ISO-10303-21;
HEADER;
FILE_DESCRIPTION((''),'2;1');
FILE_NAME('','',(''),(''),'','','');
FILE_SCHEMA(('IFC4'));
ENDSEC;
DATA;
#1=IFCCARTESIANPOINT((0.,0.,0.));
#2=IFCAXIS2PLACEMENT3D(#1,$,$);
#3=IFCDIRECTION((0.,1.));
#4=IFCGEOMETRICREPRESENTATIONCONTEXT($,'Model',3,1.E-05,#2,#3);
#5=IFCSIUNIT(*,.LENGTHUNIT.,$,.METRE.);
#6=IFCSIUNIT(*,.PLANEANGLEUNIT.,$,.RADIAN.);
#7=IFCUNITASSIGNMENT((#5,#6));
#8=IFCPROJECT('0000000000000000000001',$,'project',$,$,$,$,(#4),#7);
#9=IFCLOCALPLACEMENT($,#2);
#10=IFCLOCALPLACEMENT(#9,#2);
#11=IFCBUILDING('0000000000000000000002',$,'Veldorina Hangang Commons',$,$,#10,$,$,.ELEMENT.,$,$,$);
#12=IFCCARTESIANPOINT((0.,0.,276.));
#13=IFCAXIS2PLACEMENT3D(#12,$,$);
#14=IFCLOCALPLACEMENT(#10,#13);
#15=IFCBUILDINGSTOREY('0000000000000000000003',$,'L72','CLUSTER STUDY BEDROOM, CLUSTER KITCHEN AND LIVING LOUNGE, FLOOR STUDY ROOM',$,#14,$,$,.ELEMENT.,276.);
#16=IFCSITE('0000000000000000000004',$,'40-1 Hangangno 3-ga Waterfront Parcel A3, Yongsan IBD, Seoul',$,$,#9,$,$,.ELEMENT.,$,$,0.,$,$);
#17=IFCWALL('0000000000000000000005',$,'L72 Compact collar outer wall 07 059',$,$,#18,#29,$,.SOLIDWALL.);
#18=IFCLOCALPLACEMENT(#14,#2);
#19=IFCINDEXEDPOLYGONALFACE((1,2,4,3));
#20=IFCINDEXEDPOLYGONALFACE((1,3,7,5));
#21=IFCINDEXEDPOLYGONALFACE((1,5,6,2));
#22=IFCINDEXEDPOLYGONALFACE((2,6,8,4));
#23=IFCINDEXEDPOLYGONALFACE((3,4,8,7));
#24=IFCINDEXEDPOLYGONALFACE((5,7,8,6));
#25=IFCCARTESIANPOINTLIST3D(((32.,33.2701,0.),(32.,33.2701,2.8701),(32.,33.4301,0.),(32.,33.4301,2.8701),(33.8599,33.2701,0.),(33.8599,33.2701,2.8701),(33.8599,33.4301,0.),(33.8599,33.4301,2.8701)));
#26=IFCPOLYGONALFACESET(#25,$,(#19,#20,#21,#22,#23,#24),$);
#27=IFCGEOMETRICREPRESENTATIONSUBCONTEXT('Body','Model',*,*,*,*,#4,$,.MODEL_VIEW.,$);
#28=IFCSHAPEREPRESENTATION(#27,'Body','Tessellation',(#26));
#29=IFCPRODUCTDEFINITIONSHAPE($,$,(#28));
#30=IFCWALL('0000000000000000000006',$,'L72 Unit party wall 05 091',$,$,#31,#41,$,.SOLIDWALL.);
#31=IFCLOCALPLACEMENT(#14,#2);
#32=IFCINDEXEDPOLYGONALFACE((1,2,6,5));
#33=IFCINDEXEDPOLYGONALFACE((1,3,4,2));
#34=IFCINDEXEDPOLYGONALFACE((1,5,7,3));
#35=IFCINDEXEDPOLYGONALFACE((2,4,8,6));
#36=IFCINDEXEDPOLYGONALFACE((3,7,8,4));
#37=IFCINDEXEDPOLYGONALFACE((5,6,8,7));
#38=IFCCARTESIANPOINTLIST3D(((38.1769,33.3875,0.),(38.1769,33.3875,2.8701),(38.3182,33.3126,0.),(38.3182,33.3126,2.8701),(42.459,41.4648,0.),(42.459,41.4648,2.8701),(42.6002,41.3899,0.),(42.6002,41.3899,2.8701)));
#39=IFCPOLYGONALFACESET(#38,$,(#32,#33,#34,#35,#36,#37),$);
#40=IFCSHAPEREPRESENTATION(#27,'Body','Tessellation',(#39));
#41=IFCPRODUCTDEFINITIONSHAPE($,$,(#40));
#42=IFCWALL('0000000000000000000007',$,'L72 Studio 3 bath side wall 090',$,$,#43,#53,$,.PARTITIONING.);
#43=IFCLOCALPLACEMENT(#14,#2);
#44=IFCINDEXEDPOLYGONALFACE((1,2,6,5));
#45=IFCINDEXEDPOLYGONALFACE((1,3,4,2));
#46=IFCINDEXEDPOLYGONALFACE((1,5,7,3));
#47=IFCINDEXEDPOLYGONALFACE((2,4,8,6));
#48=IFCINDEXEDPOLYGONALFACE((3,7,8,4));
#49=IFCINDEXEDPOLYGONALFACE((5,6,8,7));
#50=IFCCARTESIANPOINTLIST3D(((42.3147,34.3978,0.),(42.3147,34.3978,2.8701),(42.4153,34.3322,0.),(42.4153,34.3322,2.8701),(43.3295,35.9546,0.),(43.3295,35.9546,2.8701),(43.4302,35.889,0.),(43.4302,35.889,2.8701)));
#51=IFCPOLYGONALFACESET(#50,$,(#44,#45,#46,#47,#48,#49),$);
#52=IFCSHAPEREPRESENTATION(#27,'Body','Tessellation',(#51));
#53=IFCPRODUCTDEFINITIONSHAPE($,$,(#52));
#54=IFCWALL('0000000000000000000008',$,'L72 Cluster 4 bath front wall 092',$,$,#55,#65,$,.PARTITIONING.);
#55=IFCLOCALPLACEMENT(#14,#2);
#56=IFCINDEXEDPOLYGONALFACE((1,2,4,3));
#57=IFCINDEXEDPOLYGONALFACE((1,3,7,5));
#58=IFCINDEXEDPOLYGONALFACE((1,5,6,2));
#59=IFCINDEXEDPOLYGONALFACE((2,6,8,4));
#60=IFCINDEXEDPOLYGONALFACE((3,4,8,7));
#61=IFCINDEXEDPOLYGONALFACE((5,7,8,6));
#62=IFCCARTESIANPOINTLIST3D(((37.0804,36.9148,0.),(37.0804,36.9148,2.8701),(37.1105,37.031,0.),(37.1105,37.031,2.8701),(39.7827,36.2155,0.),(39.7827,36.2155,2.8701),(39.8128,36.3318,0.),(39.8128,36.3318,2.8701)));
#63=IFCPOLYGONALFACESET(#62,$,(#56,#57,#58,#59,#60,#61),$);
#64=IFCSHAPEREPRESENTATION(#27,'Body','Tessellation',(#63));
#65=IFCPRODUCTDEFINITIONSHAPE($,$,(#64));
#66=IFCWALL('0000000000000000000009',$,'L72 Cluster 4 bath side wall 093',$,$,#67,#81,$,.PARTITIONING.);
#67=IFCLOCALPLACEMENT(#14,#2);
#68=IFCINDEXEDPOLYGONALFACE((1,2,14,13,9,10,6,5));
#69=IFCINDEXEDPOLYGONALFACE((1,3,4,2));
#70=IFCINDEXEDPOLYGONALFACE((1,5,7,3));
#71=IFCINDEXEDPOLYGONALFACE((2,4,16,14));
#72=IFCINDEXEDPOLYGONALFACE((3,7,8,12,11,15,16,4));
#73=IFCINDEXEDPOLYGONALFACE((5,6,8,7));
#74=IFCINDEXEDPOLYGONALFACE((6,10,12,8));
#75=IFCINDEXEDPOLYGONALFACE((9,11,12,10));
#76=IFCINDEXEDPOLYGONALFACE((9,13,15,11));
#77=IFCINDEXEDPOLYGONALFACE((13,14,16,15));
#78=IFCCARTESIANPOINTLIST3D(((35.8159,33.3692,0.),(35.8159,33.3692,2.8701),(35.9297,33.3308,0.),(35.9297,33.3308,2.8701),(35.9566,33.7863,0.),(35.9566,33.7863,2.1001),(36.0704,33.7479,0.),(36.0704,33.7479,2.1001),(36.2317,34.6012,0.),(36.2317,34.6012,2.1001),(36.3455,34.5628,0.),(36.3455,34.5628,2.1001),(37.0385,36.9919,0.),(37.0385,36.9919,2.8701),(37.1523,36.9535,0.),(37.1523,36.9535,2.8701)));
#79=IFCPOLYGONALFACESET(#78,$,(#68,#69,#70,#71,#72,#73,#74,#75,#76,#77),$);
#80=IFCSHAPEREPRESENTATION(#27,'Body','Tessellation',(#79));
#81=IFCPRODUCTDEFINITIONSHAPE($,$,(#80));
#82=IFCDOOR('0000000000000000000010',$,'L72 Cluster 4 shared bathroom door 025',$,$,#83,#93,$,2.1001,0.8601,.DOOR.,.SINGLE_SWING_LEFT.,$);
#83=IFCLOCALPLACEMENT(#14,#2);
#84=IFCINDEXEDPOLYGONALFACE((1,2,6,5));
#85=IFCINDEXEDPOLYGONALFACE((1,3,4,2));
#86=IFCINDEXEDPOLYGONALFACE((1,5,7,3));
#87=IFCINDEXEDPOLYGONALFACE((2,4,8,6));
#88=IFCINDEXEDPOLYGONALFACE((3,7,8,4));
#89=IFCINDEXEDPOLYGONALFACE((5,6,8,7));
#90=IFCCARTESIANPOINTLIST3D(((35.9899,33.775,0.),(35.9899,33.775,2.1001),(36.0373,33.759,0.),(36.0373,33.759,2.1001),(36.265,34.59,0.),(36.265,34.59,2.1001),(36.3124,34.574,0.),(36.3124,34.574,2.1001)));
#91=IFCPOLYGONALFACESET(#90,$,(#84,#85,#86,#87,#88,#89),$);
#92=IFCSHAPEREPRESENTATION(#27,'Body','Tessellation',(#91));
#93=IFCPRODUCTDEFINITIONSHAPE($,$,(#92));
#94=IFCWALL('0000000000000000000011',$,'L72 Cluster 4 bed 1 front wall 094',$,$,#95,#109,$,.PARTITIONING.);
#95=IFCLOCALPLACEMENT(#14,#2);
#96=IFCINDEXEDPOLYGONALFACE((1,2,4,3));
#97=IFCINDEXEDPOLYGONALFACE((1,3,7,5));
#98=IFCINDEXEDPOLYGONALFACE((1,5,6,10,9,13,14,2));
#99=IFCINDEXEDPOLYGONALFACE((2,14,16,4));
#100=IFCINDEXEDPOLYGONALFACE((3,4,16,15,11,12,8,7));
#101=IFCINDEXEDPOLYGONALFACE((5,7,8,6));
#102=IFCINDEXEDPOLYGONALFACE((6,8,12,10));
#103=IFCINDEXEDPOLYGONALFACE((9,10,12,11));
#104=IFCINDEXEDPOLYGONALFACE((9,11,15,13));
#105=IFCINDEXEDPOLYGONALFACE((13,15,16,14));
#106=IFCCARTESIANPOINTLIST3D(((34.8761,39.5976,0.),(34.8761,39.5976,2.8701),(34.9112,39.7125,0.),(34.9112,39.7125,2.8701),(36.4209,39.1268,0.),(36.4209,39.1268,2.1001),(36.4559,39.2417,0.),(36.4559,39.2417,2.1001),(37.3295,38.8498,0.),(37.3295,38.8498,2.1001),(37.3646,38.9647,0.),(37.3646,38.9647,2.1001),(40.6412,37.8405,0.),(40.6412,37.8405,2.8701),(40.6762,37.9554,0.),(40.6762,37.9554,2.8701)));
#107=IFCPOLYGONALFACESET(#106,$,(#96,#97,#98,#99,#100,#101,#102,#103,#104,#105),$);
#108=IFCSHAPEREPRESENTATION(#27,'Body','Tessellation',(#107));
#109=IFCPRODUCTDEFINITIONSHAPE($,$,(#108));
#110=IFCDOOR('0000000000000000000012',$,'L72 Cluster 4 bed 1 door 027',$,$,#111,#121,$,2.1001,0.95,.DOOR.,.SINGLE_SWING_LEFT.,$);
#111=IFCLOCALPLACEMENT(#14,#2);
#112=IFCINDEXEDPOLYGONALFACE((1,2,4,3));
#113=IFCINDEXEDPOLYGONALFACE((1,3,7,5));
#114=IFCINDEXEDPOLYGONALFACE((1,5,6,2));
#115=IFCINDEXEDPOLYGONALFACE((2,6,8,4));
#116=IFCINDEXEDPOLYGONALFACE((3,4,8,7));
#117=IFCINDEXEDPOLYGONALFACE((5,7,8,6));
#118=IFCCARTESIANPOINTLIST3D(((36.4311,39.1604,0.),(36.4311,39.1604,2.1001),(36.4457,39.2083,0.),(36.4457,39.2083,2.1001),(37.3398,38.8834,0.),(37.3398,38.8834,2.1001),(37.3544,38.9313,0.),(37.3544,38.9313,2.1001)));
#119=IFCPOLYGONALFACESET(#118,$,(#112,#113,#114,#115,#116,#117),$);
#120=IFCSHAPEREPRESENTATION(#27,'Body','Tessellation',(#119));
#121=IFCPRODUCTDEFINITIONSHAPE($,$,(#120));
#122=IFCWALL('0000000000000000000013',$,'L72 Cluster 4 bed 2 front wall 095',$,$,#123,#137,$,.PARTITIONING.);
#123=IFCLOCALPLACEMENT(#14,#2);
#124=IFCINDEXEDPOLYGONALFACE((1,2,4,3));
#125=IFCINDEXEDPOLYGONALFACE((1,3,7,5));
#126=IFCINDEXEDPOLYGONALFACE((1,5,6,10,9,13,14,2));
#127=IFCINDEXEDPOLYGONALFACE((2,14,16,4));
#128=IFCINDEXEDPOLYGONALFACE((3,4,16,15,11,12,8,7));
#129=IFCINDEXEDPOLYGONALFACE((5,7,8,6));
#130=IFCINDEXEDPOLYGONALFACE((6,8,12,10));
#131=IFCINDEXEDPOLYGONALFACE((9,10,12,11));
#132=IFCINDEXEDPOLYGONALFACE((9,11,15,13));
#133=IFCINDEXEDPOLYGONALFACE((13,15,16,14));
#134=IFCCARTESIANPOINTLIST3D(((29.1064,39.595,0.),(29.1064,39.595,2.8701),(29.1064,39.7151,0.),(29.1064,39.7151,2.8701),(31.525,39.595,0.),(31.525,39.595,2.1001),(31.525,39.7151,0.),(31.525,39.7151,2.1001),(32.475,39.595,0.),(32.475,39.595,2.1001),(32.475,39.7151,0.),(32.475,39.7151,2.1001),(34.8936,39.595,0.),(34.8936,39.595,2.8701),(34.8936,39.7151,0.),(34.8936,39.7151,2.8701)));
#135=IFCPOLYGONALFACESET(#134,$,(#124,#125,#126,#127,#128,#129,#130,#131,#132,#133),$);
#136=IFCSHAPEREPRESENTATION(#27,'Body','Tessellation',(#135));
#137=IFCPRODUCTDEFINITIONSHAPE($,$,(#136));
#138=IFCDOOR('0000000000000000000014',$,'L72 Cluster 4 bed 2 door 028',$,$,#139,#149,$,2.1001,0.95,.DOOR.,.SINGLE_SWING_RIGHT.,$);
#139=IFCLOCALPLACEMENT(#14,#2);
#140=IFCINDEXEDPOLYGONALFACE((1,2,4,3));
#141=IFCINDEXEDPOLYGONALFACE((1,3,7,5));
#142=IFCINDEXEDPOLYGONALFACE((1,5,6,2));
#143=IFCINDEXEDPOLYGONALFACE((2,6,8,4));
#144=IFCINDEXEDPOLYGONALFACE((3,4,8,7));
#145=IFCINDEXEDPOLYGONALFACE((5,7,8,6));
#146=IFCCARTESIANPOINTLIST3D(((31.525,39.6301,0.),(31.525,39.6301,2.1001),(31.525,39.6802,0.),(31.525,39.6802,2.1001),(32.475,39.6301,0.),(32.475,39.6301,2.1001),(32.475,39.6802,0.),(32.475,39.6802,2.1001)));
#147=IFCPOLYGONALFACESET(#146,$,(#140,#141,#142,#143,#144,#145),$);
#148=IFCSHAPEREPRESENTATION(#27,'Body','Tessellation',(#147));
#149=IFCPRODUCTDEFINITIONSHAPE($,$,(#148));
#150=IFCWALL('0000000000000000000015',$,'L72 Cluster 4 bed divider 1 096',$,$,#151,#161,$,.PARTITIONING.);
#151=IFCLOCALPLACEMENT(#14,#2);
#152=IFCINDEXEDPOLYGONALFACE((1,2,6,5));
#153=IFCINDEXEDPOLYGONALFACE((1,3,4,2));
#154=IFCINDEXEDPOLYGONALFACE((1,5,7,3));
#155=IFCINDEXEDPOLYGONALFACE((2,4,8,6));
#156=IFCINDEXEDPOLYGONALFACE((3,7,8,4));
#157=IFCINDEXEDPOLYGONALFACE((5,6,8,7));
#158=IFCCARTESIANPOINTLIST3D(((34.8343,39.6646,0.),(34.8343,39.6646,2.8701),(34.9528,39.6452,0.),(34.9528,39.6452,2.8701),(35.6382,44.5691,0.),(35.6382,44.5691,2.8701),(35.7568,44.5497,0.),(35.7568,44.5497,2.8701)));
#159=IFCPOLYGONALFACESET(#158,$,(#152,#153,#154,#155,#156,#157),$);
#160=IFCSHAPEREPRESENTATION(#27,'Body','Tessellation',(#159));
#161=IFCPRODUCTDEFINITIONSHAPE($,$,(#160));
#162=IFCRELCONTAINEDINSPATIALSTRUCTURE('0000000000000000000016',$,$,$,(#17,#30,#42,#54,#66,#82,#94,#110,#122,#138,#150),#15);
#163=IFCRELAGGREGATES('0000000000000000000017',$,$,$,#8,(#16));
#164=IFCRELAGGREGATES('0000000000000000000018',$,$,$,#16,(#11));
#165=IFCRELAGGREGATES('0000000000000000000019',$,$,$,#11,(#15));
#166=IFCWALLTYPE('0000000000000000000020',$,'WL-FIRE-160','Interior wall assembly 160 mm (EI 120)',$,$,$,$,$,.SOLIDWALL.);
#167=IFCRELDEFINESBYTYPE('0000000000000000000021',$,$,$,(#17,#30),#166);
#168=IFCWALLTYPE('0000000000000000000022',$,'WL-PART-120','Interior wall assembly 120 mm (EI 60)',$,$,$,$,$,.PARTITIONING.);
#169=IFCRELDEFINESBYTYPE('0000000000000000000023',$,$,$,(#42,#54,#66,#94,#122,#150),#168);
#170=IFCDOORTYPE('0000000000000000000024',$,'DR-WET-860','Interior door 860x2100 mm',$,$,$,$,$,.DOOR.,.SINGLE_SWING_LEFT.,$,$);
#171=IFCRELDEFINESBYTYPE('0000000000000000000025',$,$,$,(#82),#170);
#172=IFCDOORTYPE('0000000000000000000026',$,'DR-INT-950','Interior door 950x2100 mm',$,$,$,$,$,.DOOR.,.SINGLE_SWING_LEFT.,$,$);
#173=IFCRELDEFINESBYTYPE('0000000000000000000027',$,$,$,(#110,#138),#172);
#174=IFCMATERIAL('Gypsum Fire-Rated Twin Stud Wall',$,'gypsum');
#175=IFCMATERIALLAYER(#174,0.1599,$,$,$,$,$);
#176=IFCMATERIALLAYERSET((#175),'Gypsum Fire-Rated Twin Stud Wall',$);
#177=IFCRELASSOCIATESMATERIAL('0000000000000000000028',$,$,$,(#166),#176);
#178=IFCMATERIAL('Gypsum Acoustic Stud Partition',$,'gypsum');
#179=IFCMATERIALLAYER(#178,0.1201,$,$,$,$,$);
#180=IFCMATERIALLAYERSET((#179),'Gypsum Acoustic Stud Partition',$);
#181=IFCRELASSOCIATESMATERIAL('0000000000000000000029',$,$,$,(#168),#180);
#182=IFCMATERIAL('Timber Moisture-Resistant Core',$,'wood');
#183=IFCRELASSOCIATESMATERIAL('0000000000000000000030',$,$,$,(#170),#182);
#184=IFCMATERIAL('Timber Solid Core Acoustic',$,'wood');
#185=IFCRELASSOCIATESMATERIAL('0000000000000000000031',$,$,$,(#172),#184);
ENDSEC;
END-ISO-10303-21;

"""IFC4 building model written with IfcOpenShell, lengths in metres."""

from ifc_helpers import new_model, si_unit, direction, frame, frame_2d, origin, place, context, subcontext, project, spatial, rectangle, extrude, material, layer, layer_set, type_object, element, fill, save


model = new_model("IFC4")

# Units and contexts
model_context = context("Model", 3, precision=1e-05, world=origin(), true_north=direction((0.0, 1.0)))
body_context = subcontext(model_context, "Body", "Model", "MODEL_VIEW")
ifc_project = project(units=[si_unit("LENGTHUNIT", "METRE"), si_unit("PLANEANGLEUNIT", "RADIAN")], contexts=[model_context])

# Site, building, storey
site_placement = place(None, origin())
site = spatial("IfcSite", under=ifc_project, at=site_placement, Name="40-1 Hangangno 3-ga Waterfront Parcel A3, Yongsan IBD, Seoul", CompositionType="ELEMENT", RefElevation=0.0)
building_placement = place(site_placement, origin())
building = spatial("IfcBuilding", under=site, at=building_placement, Name="Veldorina Hangang Commons", CompositionType="ELEMENT")
storey_placement = place(building_placement, frame((0.0, 0.0, 276.0)))
storey = spatial("IfcBuildingStorey", under=building, at=storey_placement, Name="L72", Description="CLUSTER STUDY BEDROOM, CLUSTER KITCHEN AND LIVING LOUNGE, FLOOR STUDY ROOM", CompositionType="ELEMENT", Elevation=276.0)

# Shared definitions
ifc_material_1 = material(Name="Gypsum Fire-Rated Twin Stud Wall", Category="gypsum")
ifc_layer_1 = layer(ifc_material_1, 0.1599)
ifc_layer_set_1 = layer_set([ifc_layer_1], Name="Gypsum Fire-Rated Twin Stud Wall")
wall_type_1 = type_object("IfcWallType", Name="WL-FIRE-160", Description="Interior wall assembly 160 mm (EI 120)", PredefinedType="SOLIDWALL", material=ifc_layer_set_1)

# Walls
wall_1_placement = place(storey_placement, frame((33.8599, 33.3501, 0.0), z_axis=(0.0, 0.0, 1.0), x_axis=(-1.0, 0.0, 0.0)))
element("IfcWall", 1, at=wall_1_placement, inside=storey, type_object=wall_type_1, Name="L72 Compact collar outer wall 07 059", PredefinedType="SOLIDWALL", context=body_context, shape_type="SweptSolid", body=[
    extrude(rectangle(XDim=1.8599, YDim=0.1599, at=frame_2d((0.9299, 0.0))), origin(), (0.0, 0.0, 1.0), 2.8701),
])
wall_2_placement = place(storey_placement, frame((38.2476, 33.3501, 0.0), z_axis=(0.0, 0.0, 1.0), x_axis=(0.468387, 0.883523, 0.0)))
element("IfcWall", 2, at=wall_2_placement, inside=storey, type_object=wall_type_1, Name="L72 Unit party wall 05 091", PredefinedType="SOLIDWALL", context=body_context, shape_type="SweptSolid", body=[
    extrude(rectangle(XDim=9.1421, YDim=0.1599, at=frame_2d((4.571, 0.0))), origin(), (0.0, 0.0, 1.0), 2.8701),
])
ifc_material_2 = material(Name="Gypsum Acoustic Stud Partition", Category="gypsum")
ifc_layer_2 = layer(ifc_material_2, 0.1201)
ifc_layer_set_2 = layer_set([ifc_layer_2], Name="Gypsum Acoustic Stud Partition")
wall_type_2 = type_object("IfcWallType", Name="WL-PART-120", Description="Interior wall assembly 120 mm (EI 60)", PredefinedType="PARTITIONING", material=ifc_layer_set_2)
wall_3_placement = place(storey_placement, frame((42.365, 34.365, 0.0), z_axis=(0.0, 0.0, 1.0), x_axis=(0.546091, 0.837726, 0.0)))
element("IfcWall", 3, at=wall_3_placement, inside=storey, type_object=wall_type_2, Name="L72 Studio 3 bath side wall 090", PredefinedType="PARTITIONING", context=body_context, shape_type="SweptSolid", body=[
    extrude(rectangle(XDim=1.8584, YDim=0.1201, at=frame_2d((0.9292, 0.0))), origin(), (0.0, 0.0, 1.0), 2.8701),
])
wall_4_placement = place(storey_placement, frame((39.7976, 36.2737, 0.0), z_axis=(0.0, 0.0, 1.0), x_axis=(-0.968113, 0.250513, 0.0)))
element("IfcWall", 4, at=wall_4_placement, inside=storey, type_object=wall_type_2, Name="L72 Cluster 4 bath front wall 092", PredefinedType="PARTITIONING", context=body_context, shape_type="SweptSolid", body=[
    extrude(rectangle(XDim=2.7913, YDim=0.1201, at=frame_2d((1.3955, 0.0))), origin(), (0.0, 0.0, 1.0), 2.8701),
])

# Walls, openings, doors
wall_5_placement = place(storey_placement, frame((35.8728, 33.3501, 0.0), z_axis=(0.0, 0.0, 1.0), x_axis=(0.319769, 0.947495, 0.0)))
wall_5 = element("IfcWall", 5, at=wall_5_placement, inside=storey, type_object=wall_type_2, Name="L72 Cluster 4 bath side wall 093", PredefinedType="PARTITIONING", context=body_context, shape_type="SweptSolid", body=[
    extrude(rectangle(XDim=3.8235, YDim=0.1201, at=frame_2d((1.9116, 0.0))), origin(), (0.0, 0.0, 1.0), 2.8701),
])
opening_1_placement = place(wall_5_placement, frame((0.4399, 0.0, 0.0)))
opening_1 = element("IfcOpeningElement", 6, at=opening_1_placement, cuts=wall_5, PredefinedType="OPENING", context=body_context, shape_type="SweptSolid", body=[
    extrude(rectangle(XDim=0.8601, YDim=2.1001, at=frame_2d((0.4302, 1.05))), frame((0.0, 0.0701, 0.0), z_axis=(0.0, -1.0, 0.0), x_axis=(1.0, 0.0, 0.0)), (0.0, 0.0, 1.0), 0.1401),
])
ifc_material_3 = material(Name="Timber Moisture-Resistant Core", Category="wood")
door_type_1 = type_object("IfcDoorType", Name="DR-WET-860", Description="Interior door 860x2100 mm", OperationType="SINGLE_SWING_LEFT", PredefinedType="DOOR", material=ifc_material_3)
door_1_placement = place(opening_1_placement, origin())
door_1 = element("IfcDoor", 7, at=door_1_placement, inside=storey, type_object=door_type_1, Name="L72 Cluster 4 shared bathroom door 025", OperationType="SINGLE_SWING_LEFT", OverallHeight=2.1001, OverallWidth=0.8601, PredefinedType="DOOR", context=body_context, shape_type="SweptSolid", body=[
    extrude(rectangle(XDim=0.8601, YDim=2.1001, at=frame_2d((0.4302, 1.05))), frame((0.0, 0.0249, 0.0), z_axis=(0.0, -1.0, 0.0), x_axis=(1.0, 0.0, 0.0)), (0.0, 0.0, 1.0), 0.05),
])
fill(opening_1, door_1)
wall_6_placement = place(storey_placement, frame((40.6587, 37.8979, 0.0), z_axis=(0.0, 0.0, 1.0), x_axis=(-0.95656, 0.291537, 0.0)))
wall_6 = element("IfcWall", 8, at=wall_6_placement, inside=storey, type_object=wall_type_2, Name="L72 Cluster 4 bed 1 front wall 094", PredefinedType="PARTITIONING", context=body_context, shape_type="SweptSolid", body=[
    extrude(rectangle(XDim=6.0269, YDim=0.1201, at=frame_2d((3.0134, 0.0))), origin(), (0.0, 0.0, 1.0), 2.8701),
])
opening_2_placement = place(wall_6_placement, frame((3.4619, 0.0, 0.0)))
opening_2 = element("IfcOpeningElement", 9, at=opening_2_placement, cuts=wall_6, PredefinedType="OPENING", context=body_context, shape_type="SweptSolid", body=[
    extrude(rectangle(XDim=0.95, YDim=2.1001, at=frame_2d((0.4751, 1.05))), frame((0.0, 0.0701, 0.0), z_axis=(0.0, -1.0, 0.0), x_axis=(1.0, 0.0, 0.0)), (0.0, 0.0, 1.0), 0.1401),
])
ifc_material_4 = material(Name="Timber Solid Core Acoustic", Category="wood")
door_type_2 = type_object("IfcDoorType", Name="DR-INT-950", Description="Interior door 950x2100 mm", OperationType="SINGLE_SWING_LEFT", PredefinedType="DOOR", material=ifc_material_4)
door_2_placement = place(opening_2_placement, origin())
door_2 = element("IfcDoor", 10, at=door_2_placement, inside=storey, type_object=door_type_2, Name="L72 Cluster 4 bed 1 door 027", OperationType="SINGLE_SWING_LEFT", OverallHeight=2.1001, OverallWidth=0.95, PredefinedType="DOOR", context=body_context, shape_type="SweptSolid", body=[
    extrude(rectangle(XDim=0.95, YDim=2.1001, at=frame_2d((0.4751, 1.05))), frame((0.0, 0.0249, 0.0), z_axis=(0.0, -1.0, 0.0), x_axis=(1.0, 0.0, 0.0)), (0.0, 0.0, 1.0), 0.05),
])
fill(opening_2, door_2)
wall_7_placement = place(storey_placement, frame((34.8936, 39.655, 0.0), z_axis=(0.0, 0.0, 1.0), x_axis=(-1.0, 0.0, 0.0)))
wall_7 = element("IfcWall", 11, at=wall_7_placement, inside=storey, type_object=wall_type_2, Name="L72 Cluster 4 bed 2 front wall 095", PredefinedType="PARTITIONING", context=body_context, shape_type="SweptSolid", body=[
    extrude(rectangle(XDim=5.7871, YDim=0.1201, at=frame_2d((2.8936, 0.0))), origin(), (0.0, 0.0, 1.0), 2.8701),
])
opening_3_placement = place(wall_7_placement, frame((2.4185, 0.0, 0.0)))
opening_3 = element("IfcOpeningElement", 12, at=opening_3_placement, cuts=wall_7, PredefinedType="OPENING", context=body_context, shape_type="SweptSolid", body=[
    extrude(rectangle(XDim=0.95, YDim=2.1001, at=frame_2d((0.4751, 1.05))), frame((0.0, 0.0701, 0.0), z_axis=(0.0, -1.0, 0.0), x_axis=(1.0, 0.0, 0.0)), (0.0, 0.0, 1.0), 0.1401),
])
door_3_placement = place(opening_3_placement, origin())
door_3 = element("IfcDoor", 13, at=door_3_placement, inside=storey, type_object=door_type_2, Name="L72 Cluster 4 bed 2 door 028", OperationType="SINGLE_SWING_RIGHT", OverallHeight=2.1001, OverallWidth=0.95, PredefinedType="DOOR", context=body_context, shape_type="SweptSolid", body=[
    extrude(rectangle(XDim=0.95, YDim=2.1001, at=frame_2d((0.4751, 1.05))), frame((0.0, 0.0249, 0.0), z_axis=(0.0, -1.0, 0.0), x_axis=(1.0, 0.0, 0.0)), (0.0, 0.0, 1.0), 0.05),
])
fill(opening_3, door_3)

# Wall
wall_8_placement = place(storey_placement, frame((34.8936, 39.655, 0.0), z_axis=(0.0, 0.0, 1.0), x_axis=(0.161762, 0.98683, 0.0)))
element("IfcWall", 14, at=wall_8_placement, inside=storey, type_object=wall_type_2, Name="L72 Cluster 4 bed divider 1 096", PredefinedType="PARTITIONING", context=body_context, shape_type="SweptSolid", body=[
    extrude(rectangle(XDim=4.97, YDim=0.1201, at=frame_2d((2.4849, 0.0))), origin(), (0.0, 0.0, 1.0), 2.8701),
])

save(model, "model.ifc")
